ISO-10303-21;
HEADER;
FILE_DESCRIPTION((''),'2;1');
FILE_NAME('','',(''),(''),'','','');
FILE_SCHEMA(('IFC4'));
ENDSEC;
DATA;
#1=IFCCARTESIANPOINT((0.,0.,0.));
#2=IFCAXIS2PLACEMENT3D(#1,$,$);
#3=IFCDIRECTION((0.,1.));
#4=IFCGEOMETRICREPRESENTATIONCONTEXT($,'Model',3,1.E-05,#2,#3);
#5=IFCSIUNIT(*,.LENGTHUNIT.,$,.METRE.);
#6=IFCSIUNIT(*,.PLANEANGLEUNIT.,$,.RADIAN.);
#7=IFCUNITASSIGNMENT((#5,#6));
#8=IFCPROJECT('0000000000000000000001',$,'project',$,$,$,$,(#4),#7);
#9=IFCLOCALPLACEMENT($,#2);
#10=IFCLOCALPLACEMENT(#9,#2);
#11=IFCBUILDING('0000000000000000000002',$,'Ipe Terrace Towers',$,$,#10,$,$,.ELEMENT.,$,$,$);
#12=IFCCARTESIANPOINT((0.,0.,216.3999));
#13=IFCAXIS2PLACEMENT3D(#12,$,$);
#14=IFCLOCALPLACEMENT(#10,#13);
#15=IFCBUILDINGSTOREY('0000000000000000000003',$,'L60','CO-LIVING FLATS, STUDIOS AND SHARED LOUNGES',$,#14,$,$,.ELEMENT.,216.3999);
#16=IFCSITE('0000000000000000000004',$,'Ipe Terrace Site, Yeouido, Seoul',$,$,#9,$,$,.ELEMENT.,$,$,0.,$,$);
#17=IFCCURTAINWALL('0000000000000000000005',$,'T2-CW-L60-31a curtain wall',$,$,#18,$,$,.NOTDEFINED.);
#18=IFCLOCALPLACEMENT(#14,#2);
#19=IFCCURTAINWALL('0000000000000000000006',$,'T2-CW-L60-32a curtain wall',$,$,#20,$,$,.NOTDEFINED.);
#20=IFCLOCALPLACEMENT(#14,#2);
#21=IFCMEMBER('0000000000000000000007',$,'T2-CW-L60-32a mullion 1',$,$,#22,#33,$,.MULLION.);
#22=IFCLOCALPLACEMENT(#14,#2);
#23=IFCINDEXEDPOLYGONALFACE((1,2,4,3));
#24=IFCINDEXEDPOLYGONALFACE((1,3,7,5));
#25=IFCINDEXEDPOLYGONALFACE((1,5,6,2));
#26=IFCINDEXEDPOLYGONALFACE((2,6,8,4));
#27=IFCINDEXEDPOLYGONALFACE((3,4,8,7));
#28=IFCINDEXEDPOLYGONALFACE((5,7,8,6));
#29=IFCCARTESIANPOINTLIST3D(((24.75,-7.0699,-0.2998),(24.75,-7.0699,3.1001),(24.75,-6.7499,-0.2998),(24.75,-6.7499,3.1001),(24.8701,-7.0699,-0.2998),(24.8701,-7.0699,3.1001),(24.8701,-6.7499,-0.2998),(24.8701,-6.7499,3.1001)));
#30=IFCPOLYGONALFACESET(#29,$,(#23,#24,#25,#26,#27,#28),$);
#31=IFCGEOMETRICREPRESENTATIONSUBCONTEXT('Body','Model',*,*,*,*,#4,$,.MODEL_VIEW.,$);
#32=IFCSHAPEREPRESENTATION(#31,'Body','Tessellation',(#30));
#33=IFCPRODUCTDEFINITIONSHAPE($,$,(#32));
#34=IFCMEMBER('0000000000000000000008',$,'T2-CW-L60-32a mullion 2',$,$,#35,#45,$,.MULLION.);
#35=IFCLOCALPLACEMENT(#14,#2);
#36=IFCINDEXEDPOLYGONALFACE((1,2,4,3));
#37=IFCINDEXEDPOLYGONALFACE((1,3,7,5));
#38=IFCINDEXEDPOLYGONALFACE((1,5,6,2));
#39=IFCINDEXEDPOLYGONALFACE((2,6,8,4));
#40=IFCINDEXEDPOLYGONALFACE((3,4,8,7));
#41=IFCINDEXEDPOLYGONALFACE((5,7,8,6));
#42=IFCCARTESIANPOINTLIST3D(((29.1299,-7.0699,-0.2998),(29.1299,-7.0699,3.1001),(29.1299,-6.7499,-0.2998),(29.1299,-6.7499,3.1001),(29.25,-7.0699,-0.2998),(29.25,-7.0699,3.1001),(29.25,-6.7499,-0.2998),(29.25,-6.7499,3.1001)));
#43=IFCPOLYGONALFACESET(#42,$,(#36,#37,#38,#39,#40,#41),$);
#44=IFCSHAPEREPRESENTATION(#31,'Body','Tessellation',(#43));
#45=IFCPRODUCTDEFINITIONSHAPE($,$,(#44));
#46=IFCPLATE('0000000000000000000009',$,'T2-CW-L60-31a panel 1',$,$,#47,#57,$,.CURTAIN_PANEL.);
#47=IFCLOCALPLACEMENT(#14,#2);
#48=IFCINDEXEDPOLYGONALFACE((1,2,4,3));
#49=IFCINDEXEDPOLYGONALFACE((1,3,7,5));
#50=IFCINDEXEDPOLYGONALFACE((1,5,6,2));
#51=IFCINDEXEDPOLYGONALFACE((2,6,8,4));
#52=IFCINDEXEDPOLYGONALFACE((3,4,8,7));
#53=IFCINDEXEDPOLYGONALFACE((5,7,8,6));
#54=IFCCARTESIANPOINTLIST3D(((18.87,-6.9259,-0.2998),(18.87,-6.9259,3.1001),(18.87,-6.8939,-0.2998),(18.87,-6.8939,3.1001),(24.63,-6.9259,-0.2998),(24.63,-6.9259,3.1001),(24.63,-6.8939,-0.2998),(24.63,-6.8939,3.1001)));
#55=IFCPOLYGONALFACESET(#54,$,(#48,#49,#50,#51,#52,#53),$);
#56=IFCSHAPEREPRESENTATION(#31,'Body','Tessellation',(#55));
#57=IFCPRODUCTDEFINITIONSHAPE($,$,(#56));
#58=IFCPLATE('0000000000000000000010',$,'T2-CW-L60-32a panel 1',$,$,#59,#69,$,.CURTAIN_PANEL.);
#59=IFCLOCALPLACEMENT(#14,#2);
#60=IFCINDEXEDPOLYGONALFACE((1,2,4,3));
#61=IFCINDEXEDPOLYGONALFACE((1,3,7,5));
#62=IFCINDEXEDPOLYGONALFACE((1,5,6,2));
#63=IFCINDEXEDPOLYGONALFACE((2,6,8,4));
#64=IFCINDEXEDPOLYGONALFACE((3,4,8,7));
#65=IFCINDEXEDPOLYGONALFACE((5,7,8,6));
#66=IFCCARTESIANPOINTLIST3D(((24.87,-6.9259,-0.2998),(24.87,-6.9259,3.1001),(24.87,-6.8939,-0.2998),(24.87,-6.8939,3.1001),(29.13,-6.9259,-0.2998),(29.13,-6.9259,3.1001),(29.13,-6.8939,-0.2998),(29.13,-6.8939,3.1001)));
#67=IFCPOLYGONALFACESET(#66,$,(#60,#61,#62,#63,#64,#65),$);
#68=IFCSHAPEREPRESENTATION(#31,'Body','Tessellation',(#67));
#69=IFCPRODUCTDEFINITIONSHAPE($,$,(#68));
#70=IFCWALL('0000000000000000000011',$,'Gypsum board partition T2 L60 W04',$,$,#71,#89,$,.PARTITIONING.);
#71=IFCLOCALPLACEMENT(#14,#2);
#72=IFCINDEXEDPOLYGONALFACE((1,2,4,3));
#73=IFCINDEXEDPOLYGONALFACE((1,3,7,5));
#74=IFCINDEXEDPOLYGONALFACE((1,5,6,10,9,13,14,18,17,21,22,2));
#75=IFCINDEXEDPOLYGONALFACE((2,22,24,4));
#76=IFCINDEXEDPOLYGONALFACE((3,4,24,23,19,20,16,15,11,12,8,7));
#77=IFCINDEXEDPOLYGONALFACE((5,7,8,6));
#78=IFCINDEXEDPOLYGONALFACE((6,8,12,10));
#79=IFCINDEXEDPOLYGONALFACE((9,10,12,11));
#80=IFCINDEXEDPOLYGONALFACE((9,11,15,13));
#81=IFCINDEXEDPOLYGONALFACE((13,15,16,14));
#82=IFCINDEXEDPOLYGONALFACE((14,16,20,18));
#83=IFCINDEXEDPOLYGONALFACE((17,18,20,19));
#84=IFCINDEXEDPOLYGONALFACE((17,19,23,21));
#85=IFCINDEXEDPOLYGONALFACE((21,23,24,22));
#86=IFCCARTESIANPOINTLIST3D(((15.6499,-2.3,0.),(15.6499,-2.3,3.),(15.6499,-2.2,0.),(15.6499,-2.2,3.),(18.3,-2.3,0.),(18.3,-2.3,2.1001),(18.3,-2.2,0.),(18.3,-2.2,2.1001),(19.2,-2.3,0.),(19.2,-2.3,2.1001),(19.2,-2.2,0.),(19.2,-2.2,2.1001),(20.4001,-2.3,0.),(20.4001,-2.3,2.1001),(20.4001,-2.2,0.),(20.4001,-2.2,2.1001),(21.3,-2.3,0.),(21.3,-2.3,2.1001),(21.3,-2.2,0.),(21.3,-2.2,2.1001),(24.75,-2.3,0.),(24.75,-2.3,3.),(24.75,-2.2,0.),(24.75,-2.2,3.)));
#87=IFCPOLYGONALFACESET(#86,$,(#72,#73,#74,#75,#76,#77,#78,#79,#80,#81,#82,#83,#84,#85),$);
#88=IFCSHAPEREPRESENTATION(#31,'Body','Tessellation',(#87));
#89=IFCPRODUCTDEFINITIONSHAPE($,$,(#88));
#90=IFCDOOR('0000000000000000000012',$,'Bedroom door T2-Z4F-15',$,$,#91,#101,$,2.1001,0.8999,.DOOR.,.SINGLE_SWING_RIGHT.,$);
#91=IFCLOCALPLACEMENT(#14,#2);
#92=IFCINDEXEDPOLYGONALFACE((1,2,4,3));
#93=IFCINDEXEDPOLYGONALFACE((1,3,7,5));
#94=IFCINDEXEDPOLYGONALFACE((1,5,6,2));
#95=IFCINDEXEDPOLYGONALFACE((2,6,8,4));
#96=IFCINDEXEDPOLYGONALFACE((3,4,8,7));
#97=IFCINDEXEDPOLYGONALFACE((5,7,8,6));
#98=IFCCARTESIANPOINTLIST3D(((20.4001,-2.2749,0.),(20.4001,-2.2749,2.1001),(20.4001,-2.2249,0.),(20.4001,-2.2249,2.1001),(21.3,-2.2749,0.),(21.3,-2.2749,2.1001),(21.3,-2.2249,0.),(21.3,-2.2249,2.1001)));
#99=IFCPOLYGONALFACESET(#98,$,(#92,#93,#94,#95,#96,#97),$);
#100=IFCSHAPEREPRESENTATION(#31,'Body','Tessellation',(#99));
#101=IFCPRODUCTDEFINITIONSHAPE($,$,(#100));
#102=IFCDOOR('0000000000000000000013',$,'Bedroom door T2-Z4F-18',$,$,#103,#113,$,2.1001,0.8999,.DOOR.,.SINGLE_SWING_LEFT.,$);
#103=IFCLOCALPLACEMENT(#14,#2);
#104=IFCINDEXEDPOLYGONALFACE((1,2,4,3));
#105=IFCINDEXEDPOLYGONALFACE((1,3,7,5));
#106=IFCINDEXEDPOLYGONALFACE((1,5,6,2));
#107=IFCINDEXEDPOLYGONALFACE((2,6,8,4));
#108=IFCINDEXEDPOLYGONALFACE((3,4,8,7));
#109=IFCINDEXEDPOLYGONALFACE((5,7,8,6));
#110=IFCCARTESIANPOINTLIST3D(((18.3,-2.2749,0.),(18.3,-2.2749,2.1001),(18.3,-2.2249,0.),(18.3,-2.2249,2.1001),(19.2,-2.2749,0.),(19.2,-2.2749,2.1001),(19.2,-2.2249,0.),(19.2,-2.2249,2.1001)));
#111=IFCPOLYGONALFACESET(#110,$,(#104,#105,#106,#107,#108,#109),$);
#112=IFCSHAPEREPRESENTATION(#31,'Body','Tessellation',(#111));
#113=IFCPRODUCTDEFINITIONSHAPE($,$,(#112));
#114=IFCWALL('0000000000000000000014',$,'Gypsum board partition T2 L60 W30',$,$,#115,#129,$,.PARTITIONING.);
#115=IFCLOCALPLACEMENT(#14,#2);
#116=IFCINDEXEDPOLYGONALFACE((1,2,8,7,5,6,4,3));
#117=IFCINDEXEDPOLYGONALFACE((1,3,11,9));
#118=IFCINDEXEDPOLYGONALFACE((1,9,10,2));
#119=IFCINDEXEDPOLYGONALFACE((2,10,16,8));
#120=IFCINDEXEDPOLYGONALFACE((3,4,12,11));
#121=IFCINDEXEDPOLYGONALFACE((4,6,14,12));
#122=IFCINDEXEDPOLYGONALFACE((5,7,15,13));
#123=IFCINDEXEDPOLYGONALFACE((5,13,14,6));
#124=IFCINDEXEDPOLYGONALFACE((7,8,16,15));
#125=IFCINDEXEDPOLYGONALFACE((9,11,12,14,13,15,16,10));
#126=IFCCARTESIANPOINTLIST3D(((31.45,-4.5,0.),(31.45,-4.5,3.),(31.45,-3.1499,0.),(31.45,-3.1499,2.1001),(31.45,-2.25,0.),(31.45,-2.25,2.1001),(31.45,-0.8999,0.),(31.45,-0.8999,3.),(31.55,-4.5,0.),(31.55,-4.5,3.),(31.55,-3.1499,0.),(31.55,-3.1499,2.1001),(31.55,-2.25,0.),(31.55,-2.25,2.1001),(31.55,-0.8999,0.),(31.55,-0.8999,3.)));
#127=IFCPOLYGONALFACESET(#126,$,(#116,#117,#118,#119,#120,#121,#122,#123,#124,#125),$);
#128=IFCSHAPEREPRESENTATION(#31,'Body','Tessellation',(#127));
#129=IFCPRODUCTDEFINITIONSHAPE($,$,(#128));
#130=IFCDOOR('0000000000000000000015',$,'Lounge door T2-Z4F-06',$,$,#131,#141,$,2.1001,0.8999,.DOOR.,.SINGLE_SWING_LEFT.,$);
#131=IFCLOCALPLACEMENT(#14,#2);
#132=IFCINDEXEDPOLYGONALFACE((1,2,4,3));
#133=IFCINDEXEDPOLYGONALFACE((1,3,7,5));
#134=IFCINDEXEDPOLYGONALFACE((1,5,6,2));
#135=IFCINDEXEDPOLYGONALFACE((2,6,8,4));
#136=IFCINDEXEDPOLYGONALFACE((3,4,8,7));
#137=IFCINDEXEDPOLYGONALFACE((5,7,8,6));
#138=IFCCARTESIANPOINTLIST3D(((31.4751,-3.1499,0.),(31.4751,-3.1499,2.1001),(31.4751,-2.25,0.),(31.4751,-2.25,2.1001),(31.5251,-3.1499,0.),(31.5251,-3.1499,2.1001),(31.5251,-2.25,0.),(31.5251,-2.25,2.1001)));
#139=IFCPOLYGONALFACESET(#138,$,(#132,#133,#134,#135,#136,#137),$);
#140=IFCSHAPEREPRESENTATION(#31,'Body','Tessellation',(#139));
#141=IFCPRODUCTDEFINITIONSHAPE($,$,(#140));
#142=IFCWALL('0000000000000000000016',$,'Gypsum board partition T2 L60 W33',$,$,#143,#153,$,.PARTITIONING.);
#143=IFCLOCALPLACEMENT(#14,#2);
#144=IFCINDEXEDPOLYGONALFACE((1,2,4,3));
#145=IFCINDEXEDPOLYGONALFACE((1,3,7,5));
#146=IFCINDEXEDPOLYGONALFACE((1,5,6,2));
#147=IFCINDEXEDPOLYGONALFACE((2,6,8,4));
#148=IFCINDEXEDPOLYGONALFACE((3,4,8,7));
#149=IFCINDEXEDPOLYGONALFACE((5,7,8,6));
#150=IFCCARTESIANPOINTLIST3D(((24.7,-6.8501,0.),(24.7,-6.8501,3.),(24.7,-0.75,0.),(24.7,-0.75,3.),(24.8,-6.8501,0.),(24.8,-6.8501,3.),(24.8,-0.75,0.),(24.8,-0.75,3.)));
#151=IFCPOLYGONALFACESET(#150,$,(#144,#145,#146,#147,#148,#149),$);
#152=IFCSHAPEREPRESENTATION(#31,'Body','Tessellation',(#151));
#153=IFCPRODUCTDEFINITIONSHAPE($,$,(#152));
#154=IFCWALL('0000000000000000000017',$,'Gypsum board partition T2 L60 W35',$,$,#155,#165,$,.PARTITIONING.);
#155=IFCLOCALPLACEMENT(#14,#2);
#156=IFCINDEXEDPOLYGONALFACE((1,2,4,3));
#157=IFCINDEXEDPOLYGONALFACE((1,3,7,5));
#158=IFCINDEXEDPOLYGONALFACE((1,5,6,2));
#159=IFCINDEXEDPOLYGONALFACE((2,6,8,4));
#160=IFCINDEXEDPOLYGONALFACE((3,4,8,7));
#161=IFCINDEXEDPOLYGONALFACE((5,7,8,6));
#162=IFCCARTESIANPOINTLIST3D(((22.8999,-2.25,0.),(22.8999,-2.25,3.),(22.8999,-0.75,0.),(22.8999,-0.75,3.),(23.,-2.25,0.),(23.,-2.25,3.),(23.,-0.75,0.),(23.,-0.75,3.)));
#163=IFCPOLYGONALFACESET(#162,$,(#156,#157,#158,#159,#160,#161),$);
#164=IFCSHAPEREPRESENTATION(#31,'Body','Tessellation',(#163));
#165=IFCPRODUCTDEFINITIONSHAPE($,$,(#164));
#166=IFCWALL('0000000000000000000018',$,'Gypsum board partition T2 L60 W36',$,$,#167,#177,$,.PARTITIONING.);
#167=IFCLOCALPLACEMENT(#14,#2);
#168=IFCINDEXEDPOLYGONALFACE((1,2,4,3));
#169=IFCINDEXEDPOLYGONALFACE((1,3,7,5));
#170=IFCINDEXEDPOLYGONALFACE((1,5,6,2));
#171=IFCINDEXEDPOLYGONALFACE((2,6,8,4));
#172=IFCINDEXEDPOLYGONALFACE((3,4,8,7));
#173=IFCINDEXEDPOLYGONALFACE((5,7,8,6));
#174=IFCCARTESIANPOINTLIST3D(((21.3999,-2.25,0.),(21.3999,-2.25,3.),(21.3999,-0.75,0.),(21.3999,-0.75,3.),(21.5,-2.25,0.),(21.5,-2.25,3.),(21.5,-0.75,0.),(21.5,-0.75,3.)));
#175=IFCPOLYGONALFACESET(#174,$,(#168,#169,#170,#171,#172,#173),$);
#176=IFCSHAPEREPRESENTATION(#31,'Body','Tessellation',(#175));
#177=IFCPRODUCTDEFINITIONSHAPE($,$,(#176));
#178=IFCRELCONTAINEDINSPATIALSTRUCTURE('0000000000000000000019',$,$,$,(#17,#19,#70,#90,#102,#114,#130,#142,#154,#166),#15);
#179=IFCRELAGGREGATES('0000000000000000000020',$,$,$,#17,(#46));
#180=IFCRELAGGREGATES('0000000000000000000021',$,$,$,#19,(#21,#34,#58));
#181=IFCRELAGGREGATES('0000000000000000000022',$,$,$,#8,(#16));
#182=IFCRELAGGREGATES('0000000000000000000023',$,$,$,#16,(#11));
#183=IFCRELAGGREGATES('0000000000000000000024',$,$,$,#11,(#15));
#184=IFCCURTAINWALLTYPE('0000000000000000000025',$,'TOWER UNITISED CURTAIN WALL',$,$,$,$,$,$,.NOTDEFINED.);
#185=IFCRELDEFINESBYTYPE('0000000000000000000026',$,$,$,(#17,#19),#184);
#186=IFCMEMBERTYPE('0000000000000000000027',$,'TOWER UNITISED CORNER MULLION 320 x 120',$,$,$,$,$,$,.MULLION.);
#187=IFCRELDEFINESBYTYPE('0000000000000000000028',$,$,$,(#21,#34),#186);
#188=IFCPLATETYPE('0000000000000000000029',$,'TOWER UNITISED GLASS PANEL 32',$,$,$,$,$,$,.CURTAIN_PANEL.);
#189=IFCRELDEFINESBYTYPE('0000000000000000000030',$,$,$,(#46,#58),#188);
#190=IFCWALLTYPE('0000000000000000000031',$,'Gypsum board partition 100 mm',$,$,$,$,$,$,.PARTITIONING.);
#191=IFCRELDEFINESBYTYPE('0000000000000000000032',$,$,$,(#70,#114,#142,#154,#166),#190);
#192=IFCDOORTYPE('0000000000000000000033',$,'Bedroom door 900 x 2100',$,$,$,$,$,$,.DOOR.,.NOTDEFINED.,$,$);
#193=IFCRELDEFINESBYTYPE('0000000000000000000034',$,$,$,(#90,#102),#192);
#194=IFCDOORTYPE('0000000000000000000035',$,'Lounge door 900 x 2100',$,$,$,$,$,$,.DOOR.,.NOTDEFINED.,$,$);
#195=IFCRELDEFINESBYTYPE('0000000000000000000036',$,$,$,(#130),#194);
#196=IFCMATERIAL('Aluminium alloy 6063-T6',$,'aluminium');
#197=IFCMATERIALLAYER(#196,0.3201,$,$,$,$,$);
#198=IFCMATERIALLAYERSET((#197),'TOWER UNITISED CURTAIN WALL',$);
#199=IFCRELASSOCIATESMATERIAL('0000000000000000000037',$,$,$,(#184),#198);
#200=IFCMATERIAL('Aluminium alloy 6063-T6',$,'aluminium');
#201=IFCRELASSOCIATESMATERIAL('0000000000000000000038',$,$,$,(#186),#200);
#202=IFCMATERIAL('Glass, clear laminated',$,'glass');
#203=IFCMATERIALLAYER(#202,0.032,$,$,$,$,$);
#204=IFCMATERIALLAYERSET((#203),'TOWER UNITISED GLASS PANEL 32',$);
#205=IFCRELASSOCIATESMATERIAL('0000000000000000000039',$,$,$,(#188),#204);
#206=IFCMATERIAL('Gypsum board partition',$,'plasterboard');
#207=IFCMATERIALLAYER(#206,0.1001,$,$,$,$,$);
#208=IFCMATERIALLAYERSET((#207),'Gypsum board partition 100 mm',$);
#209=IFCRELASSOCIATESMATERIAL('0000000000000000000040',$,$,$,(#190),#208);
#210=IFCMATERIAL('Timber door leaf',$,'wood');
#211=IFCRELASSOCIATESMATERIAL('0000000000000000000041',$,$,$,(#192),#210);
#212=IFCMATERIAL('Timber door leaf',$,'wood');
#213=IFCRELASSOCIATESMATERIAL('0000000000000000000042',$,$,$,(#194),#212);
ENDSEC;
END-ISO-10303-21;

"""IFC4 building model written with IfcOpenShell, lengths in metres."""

from ifc_helpers import new_model, si_unit, direction, frame, frame_2d, origin, origin_2d, place, context, subcontext, project, spatial, rectangle, extrude, material, layer, layer_set, material_profile, profile_set, type_object, element, fill, aggregate, save


model = new_model("IFC4")

# Units and contexts
model_context = context("Model", 3, precision=1e-05, world=origin(), true_north=direction((0.0, 1.0)))
body_context = subcontext(model_context, "Body", "Model", "MODEL_VIEW")
ifc_project = project(units=[si_unit("LENGTHUNIT", "METRE"), si_unit("PLANEANGLEUNIT", "RADIAN")], contexts=[model_context])

# Site, building, storey
site_placement = place(None, origin())
site = spatial("IfcSite", under=ifc_project, at=site_placement, Name="Ipe Terrace Site, Yeouido, Seoul", CompositionType="ELEMENT", RefElevation=0.0)
building_placement = place(site_placement, origin())
building = spatial("IfcBuilding", under=site, at=building_placement, Name="Ipe Terrace Towers", CompositionType="ELEMENT")
storey_placement = place(building_placement, frame((0.0, 0.0, 216.3999)))
storey = spatial("IfcBuildingStorey", under=building, at=storey_placement, Name="L60", Description="CO-LIVING FLATS, STUDIOS AND SHARED LOUNGES", CompositionType="ELEMENT", Elevation=216.3999)

# Curtain wall
ifc_material_1 = material(Name="Aluminium alloy 6063-T6", Category="aluminium")
ifc_layer_1 = layer(ifc_material_1, 0.3201)
ifc_layer_set_1 = layer_set([ifc_layer_1], Name="TOWER UNITISED CURTAIN WALL")
curtain_wall_type = type_object("IfcCurtainWallType", Name="TOWER UNITISED CURTAIN WALL", PredefinedType="NOTDEFINED", material=ifc_layer_set_1)
curtain_wall_1_placement = place(storey_placement, origin())
curtain_wall_1 = element("IfcCurtainWall", 1, at=curtain_wall_1_placement, inside=storey, type_object=curtain_wall_type, Name="T2-CW-L60-31a curtain wall", PredefinedType="NOTDEFINED")
ifc_material_2 = material(Name="Aluminium alloy 6063-T6", Category="aluminium")
ifc_material_profile_1 = material_profile(ifc_material_2, rectangle(XDim=0.3201, YDim=0.1201, at=origin_2d()), Name="TOWER UNITISED CORNER MULLION 320 x 120")
ifc_profile_set_1 = profile_set([ifc_material_profile_1], Name="Aluminium alloy 6063-T6")
member_type = type_object("IfcMemberType", Name="TOWER UNITISED CORNER MULLION 320 x 120", PredefinedType="MULLION", material=ifc_profile_set_1)

# Curtain wall, members
curtain_wall_2_placement = place(storey_placement, origin())
curtain_wall_2 = element("IfcCurtainWall", 2, at=curtain_wall_2_placement, inside=storey, type_object=curtain_wall_type, Name="T2-CW-L60-32a curtain wall", PredefinedType="NOTDEFINED")
member_1_placement = place(storey_placement, frame((24.8101, -6.9099, -0.2998), z_axis=(0.0, 0.0, 1.0), x_axis=(0.0, -1.0, 0.0)))
member_1 = element("IfcMember", 3, at=member_1_placement, type_object=member_type, Name="T2-CW-L60-32a mullion 1", PredefinedType="MULLION", context=body_context, shape_type="SweptSolid", body=[
    extrude(rectangle(XDim=0.3201, YDim=0.1201, at=origin_2d()), origin(), (0.0, 0.0, 1.0), 3.3999),
])
member_2_placement = place(storey_placement, frame((29.1899, -6.9099, -0.2998), z_axis=(0.0, 0.0, 1.0), x_axis=(0.0, -1.0, 0.0)))
member_2 = element("IfcMember", 4, at=member_2_placement, type_object=member_type, Name="T2-CW-L60-32a mullion 2", PredefinedType="MULLION", context=body_context, shape_type="SweptSolid", body=[
    extrude(rectangle(XDim=0.3201, YDim=0.1201, at=origin_2d()), origin(), (0.0, 0.0, 1.0), 3.3999),
])

# Plates
ifc_material_3 = material(Name="Glass, clear laminated", Category="glass")
ifc_layer_2 = layer(ifc_material_3, 0.032)
ifc_layer_set_2 = layer_set([ifc_layer_2], Name="TOWER UNITISED GLASS PANEL 32")
plate_type = type_object("IfcPlateType", Name="TOWER UNITISED GLASS PANEL 32", PredefinedType="CURTAIN_PANEL", material=ifc_layer_set_2)
plate_1_placement = place(storey_placement, frame((21.75, -6.9099, -0.2998), z_axis=(0.0, 0.0, 1.0), x_axis=(1.0, 0.0, 0.0)))
plate_1 = element("IfcPlate", 5, at=plate_1_placement, type_object=plate_type, Name="T2-CW-L60-31a panel 1", PredefinedType="CURTAIN_PANEL", context=body_context, shape_type="SweptSolid", body=[
    extrude(rectangle(XDim=5.76, YDim=0.032, at=origin_2d()), origin(), (0.0, 0.0, 1.0), 3.3999),
])
aggregate(curtain_wall_1, [plate_1])
plate_2_placement = place(storey_placement, frame((27.0, -6.9099, -0.2998), z_axis=(0.0, 0.0, 1.0), x_axis=(1.0, 0.0, 0.0)))
plate_2 = element("IfcPlate", 6, at=plate_2_placement, type_object=plate_type, Name="T2-CW-L60-32a panel 1", PredefinedType="CURTAIN_PANEL", context=body_context, shape_type="SweptSolid", body=[
    extrude(rectangle(XDim=4.26, YDim=0.032, at=origin_2d()), origin(), (0.0, 0.0, 1.0), 3.3999),
])
aggregate(curtain_wall_2, [member_1, member_2, plate_2])

# Wall, openings, doors
ifc_material_4 = material(Name="Gypsum board partition", Category="plasterboard")
ifc_layer_3 = layer(ifc_material_4, 0.1001)
ifc_layer_set_3 = layer_set([ifc_layer_3], Name="Gypsum board partition 100 mm")
wall_type_1 = type_object("IfcWallType", Name="Gypsum board partition 100 mm", PredefinedType="PARTITIONING", material=ifc_layer_set_3)
wall_1_placement = place(storey_placement, frame((24.75, -2.25, 0.0), z_axis=(0.0, 0.0, 1.0), x_axis=(-1.0, 0.0, 0.0)))
wall_1 = element("IfcWall", 7, at=wall_1_placement, inside=storey, type_object=wall_type_1, Name="Gypsum board partition T2 L60 W04", PredefinedType="PARTITIONING", context=body_context, shape_type="SweptSolid", body=[
    extrude(rectangle(XDim=9.1001, YDim=0.1001, at=frame_2d((4.55, 0.0))), origin(), (0.0, 0.0, 1.0), 3.0),
])
opening_1_placement = place(wall_1_placement, frame((3.45, 0.0, 0.0)))
opening_1 = element("IfcOpeningElement", 8, at=opening_1_placement, cuts=wall_1, PredefinedType="OPENING", context=body_context, shape_type="SweptSolid", body=[
    extrude(rectangle(XDim=0.8999, YDim=2.1001, at=frame_2d((0.45, 1.05))), frame((0.0, 0.0601, 0.0), z_axis=(0.0, -1.0, 0.0), x_axis=(1.0, 0.0, 0.0)), (0.0, 0.0, 1.0), 0.1201),
])
opening_2_placement = place(wall_1_placement, frame((5.55, 0.0, 0.0)))
opening_2 = element("IfcOpeningElement", 9, at=opening_2_placement, cuts=wall_1, PredefinedType="OPENING", context=body_context, shape_type="SweptSolid", body=[
    extrude(rectangle(XDim=0.8999, YDim=2.1001, at=frame_2d((0.45, 1.05))), frame((0.0, 0.0601, 0.0), z_axis=(0.0, -1.0, 0.0), x_axis=(1.0, 0.0, 0.0)), (0.0, 0.0, 1.0), 0.1201),
])
ifc_material_5 = material(Name="Timber door leaf", Category="wood")
door_type_1 = type_object("IfcDoorType", Name="Bedroom door 900 x 2100", OperationType="NOTDEFINED", PredefinedType="DOOR", material=ifc_material_5)
door_1_placement = place(opening_1_placement, origin())
door_1 = element("IfcDoor", 10, at=door_1_placement, inside=storey, type_object=door_type_1, Name="Bedroom door T2-Z4F-15", OperationType="SINGLE_SWING_RIGHT", OverallHeight=2.1001, OverallWidth=0.8999, PredefinedType="DOOR", context=body_context, shape_type="SweptSolid", body=[
    extrude(rectangle(XDim=0.8999, YDim=2.1001, at=frame_2d((0.45, 1.05))), frame((0.0, 0.0249, 0.0), z_axis=(0.0, -1.0, 0.0), x_axis=(1.0, 0.0, 0.0)), (0.0, 0.0, 1.0), 0.05),
])
fill(opening_1, door_1)
door_2_placement = place(opening_2_placement, origin())
door_2 = element("IfcDoor", 11, at=door_2_placement, inside=storey, type_object=door_type_1, Name="Bedroom door T2-Z4F-18", OperationType="SINGLE_SWING_LEFT", OverallHeight=2.1001, OverallWidth=0.8999, PredefinedType="DOOR", context=body_context, shape_type="SweptSolid", body=[
    extrude(rectangle(XDim=0.8999, YDim=2.1001, at=frame_2d((0.45, 1.05))), frame((0.0, 0.0249, 0.0), z_axis=(0.0, -1.0, 0.0), x_axis=(1.0, 0.0, 0.0)), (0.0, 0.0, 1.0), 0.05),
])
fill(opening_2, door_2)

# Wall, opening, door
wall_2_placement = place(storey_placement, frame((31.5, -4.5, 0.0), z_axis=(0.0, 0.0, 1.0), x_axis=(0.0, 1.0, 0.0)))
wall_2 = element("IfcWall", 12, at=wall_2_placement, inside=storey, type_object=wall_type_1, Name="Gypsum board partition T2 L60 W30", PredefinedType="PARTITIONING", context=body_context, shape_type="SweptSolid", body=[
    extrude(rectangle(XDim=3.6001, YDim=0.1001, at=frame_2d((1.8, 0.0))), origin(), (0.0, 0.0, 1.0), 3.0),
])
opening_3_placement = place(wall_2_placement, frame((1.3501, 0.0, 0.0)))
opening_3 = element("IfcOpeningElement", 13, at=opening_3_placement, cuts=wall_2, PredefinedType="OPENING", context=body_context, shape_type="SweptSolid", body=[
    extrude(rectangle(XDim=0.8999, YDim=2.1001, at=frame_2d((0.45, 1.05))), frame((0.0, 0.0601, 0.0), z_axis=(0.0, -1.0, 0.0), x_axis=(1.0, 0.0, 0.0)), (0.0, 0.0, 1.0), 0.1201),
])
ifc_material_6 = material(Name="Timber door leaf", Category="wood")
door_type_2 = type_object("IfcDoorType", Name="Lounge door 900 x 2100", OperationType="NOTDEFINED", PredefinedType="DOOR", material=ifc_material_6)
door_3_placement = place(opening_3_placement, origin())
door_3 = element("IfcDoor", 14, at=door_3_placement, inside=storey, type_object=door_type_2, Name="Lounge door T2-Z4F-06", OperationType="SINGLE_SWING_LEFT", OverallHeight=2.1001, OverallWidth=0.8999, PredefinedType="DOOR", context=body_context, shape_type="SweptSolid", body=[
    extrude(rectangle(XDim=0.8999, YDim=2.1001, at=frame_2d((0.45, 1.05))), frame((0.0, 0.0249, 0.0), z_axis=(0.0, -1.0, 0.0), x_axis=(1.0, 0.0, 0.0)), (0.0, 0.0, 1.0), 0.05),
])
fill(opening_3, door_3)

# Walls
wall_3_placement = place(storey_placement, frame((24.75, -6.8501, 0.0), z_axis=(0.0, 0.0, 1.0), x_axis=(0.0, 1.0, 0.0)))
element("IfcWall", 15, at=wall_3_placement, inside=storey, type_object=wall_type_1, Name="Gypsum board partition T2 L60 W33", PredefinedType="PARTITIONING", context=body_context, shape_type="SweptSolid", body=[
    extrude(rectangle(XDim=6.1001, YDim=0.1001, at=frame_2d((3.05, 0.0))), origin(), (0.0, 0.0, 1.0), 3.0),
])
for number, where, z_axis, x_axis, name in (
    (16, (22.95, -2.25, 0.0), (0.0, 0.0, 1.0), (0.0, 1.0, 0.0), "Gypsum board partition T2 L60 W35"),
    (17, (21.45, -2.25, 0.0), (0.0, 0.0, 1.0), (0.0, 1.0, 0.0), "Gypsum board partition T2 L60 W36"),
):
    element("IfcWall", number, at=place(storey_placement, frame(where, z_axis=z_axis, x_axis=x_axis)), inside=storey, type_object=wall_type_1, Name=name, PredefinedType="PARTITIONING", context=body_context, shape_type="SweptSolid", body=[
        extrude(rectangle(XDim=1.5, YDim=0.1001, at=frame_2d((0.75, 0.0))), origin(), (0.0, 0.0, 1.0), 3.0),
    ])

save(model, "model.ifc")
